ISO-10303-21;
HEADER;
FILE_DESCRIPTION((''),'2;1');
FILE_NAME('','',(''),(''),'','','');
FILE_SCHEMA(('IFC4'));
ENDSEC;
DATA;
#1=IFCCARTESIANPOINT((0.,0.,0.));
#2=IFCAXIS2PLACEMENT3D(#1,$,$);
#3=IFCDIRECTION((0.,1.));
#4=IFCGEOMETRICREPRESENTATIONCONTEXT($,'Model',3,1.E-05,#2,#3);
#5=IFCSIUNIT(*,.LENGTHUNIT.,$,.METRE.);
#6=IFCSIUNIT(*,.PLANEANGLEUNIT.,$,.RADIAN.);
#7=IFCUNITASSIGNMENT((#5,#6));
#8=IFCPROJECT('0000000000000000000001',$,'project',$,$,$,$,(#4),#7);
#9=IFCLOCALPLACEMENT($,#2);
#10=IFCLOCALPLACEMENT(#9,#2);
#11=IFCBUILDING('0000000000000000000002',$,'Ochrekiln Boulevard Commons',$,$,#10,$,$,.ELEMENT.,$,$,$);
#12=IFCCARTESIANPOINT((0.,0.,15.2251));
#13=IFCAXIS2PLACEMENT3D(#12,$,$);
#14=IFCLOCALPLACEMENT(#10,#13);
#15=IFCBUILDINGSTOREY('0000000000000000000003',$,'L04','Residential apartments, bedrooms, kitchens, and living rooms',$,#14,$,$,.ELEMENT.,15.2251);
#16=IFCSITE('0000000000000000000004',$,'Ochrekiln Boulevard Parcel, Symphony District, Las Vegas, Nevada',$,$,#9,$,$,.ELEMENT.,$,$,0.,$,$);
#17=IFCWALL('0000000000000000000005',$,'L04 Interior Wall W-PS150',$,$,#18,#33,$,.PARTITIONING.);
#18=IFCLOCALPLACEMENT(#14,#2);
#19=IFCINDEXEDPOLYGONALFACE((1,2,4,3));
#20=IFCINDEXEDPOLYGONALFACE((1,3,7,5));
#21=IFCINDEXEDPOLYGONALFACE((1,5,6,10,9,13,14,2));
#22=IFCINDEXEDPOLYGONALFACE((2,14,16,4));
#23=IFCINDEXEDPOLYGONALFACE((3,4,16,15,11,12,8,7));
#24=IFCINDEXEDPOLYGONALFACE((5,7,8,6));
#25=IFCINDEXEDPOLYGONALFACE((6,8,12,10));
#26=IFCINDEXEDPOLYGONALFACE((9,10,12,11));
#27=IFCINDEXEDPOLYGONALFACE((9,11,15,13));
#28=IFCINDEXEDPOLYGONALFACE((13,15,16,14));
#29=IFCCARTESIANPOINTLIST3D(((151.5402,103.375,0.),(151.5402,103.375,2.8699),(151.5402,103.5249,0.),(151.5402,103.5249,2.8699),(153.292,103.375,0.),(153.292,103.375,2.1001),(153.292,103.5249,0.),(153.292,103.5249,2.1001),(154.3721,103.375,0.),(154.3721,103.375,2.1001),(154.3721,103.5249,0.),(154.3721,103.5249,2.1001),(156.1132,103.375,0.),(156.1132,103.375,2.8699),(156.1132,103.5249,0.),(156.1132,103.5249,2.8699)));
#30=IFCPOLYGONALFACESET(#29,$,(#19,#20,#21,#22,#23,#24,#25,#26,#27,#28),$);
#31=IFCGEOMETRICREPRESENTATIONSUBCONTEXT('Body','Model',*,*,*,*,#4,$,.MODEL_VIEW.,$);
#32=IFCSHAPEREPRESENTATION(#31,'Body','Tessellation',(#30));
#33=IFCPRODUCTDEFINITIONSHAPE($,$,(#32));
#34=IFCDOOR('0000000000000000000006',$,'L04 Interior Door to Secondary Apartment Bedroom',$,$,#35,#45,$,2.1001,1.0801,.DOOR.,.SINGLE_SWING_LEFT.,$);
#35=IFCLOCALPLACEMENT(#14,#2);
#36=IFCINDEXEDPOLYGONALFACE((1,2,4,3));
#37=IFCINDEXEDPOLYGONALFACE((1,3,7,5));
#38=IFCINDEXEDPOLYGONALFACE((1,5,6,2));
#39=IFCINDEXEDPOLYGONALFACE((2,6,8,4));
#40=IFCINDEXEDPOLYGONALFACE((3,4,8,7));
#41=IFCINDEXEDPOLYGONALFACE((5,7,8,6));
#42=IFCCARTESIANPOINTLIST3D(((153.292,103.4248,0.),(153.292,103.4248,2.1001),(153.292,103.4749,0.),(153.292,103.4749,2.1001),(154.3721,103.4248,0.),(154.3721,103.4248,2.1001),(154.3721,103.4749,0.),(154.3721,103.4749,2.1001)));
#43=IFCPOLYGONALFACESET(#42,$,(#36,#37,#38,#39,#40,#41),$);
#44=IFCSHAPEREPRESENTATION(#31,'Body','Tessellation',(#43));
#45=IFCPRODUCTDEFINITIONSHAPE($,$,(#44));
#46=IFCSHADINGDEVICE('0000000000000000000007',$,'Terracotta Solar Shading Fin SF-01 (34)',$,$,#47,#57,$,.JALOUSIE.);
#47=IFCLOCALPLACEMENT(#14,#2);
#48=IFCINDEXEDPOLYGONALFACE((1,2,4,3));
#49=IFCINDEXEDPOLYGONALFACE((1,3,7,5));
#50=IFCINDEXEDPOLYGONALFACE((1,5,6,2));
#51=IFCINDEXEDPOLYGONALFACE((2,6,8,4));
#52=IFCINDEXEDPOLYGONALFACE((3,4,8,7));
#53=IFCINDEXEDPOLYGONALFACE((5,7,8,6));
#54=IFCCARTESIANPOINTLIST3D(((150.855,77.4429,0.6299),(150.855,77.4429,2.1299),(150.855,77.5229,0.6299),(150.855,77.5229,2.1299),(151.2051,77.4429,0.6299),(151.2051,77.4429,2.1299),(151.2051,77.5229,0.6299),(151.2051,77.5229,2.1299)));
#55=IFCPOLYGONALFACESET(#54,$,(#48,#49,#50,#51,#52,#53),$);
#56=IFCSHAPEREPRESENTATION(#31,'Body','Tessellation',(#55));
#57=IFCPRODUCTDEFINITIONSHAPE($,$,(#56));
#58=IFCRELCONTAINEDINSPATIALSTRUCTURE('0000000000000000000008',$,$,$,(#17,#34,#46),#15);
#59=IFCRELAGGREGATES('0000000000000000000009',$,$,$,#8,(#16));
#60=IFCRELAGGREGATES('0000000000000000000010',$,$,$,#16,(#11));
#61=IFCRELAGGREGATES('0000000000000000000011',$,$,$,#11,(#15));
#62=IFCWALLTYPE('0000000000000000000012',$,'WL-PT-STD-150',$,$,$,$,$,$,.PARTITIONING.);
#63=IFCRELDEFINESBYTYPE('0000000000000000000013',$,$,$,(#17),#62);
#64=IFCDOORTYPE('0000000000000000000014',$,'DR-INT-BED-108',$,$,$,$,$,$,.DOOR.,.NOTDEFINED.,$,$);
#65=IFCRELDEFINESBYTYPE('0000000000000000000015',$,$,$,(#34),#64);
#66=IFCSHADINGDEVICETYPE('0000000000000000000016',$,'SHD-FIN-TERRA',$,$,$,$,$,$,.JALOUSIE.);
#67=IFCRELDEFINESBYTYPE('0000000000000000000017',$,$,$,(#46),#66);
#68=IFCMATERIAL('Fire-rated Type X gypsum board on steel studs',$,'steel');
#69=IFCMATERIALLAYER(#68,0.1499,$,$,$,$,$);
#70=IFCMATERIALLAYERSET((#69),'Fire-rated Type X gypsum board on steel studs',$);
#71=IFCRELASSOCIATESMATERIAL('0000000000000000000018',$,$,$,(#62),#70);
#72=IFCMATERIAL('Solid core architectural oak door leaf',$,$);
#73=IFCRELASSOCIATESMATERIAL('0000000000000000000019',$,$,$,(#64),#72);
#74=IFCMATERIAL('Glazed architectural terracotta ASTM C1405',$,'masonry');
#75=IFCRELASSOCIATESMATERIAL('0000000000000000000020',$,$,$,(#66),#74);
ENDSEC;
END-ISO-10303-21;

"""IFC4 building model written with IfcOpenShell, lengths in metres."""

from ifc_helpers import new_model, si_unit, direction, frame, frame_2d, origin, origin_2d, place, context, subcontext, project, spatial, rectangle, extrude, material, layer, layer_set, type_object, element, fill, save


model = new_model("IFC4")

# Units and contexts
model_context = context("Model", 3, precision=1e-05, world=origin(), true_north=direction((0.0, 1.0)))
body_context = subcontext(model_context, "Body", "Model", "MODEL_VIEW")
ifc_project = project(units=[si_unit("LENGTHUNIT", "METRE"), si_unit("PLANEANGLEUNIT", "RADIAN")], contexts=[model_context])

# Site, building, storey
site_placement = place(None, origin())
site = spatial("IfcSite", under=ifc_project, at=site_placement, Name="Ochrekiln Boulevard Parcel, Symphony District, Las Vegas, Nevada", CompositionType="ELEMENT", RefElevation=0.0)
building_placement = place(site_placement, origin())
building = spatial("IfcBuilding", under=site, at=building_placement, Name="Ochrekiln Boulevard Commons", CompositionType="ELEMENT")
storey_placement = place(building_placement, frame((0.0, 0.0, 15.2251)))
storey = spatial("IfcBuildingStorey", under=building, at=storey_placement, Name="L04", Description="Residential apartments, bedrooms, kitchens, and living rooms", CompositionType="ELEMENT", Elevation=15.2251)

# Shared definitions
ifc_material_1 = material(Name="Glazed architectural terracotta ASTM C1405", Category="masonry")
ifc_material_2 = material(Name="Fire-rated Type X gypsum board on steel studs", Category="steel")

# Wall, opening, door
ifc_layer_1 = layer(ifc_material_2, 0.1499)
ifc_layer_set_1 = layer_set([ifc_layer_1], Name="Fire-rated Type X gypsum board on steel studs")
wall_type_1 = type_object("IfcWallType", Name="WL-PT-STD-150", PredefinedType="PARTITIONING", material=ifc_layer_set_1)
ifc_material_3 = material(Name="Solid core architectural oak door leaf")
wall_1_placement = place(storey_placement, frame((151.54, 103.45, 0.0), z_axis=(0.0, 0.0, 1.0), x_axis=(1.0, 0.0, 0.0)))
wall_1 = element("IfcWall", 1, at=wall_1_placement, inside=storey, type_object=wall_type_1, Name="L04 Interior Wall W-PS150", PredefinedType="PARTITIONING", context=body_context, shape_type="SweptSolid", body=[
    extrude(rectangle(XDim=4.573, YDim=0.1499, at=frame_2d((2.2866, 0.0))), origin(), (0.0, 0.0, 1.0), 2.8699),
])
opening_1_placement = place(wall_1_placement, frame((1.752, 0.0, 0.0)))
opening_1 = element("IfcOpeningElement", 2, at=opening_1_placement, cuts=wall_1, PredefinedType="OPENING", context=body_context, shape_type="SweptSolid", body=[
    extrude(rectangle(XDim=1.0801, YDim=2.1001, at=frame_2d((0.54, 1.05))), frame((0.0, 0.085, 0.0), z_axis=(0.0, -1.0, 0.0), x_axis=(1.0, 0.0, 0.0)), (0.0, 0.0, 1.0), 0.1699),
])
door_type_1 = type_object("IfcDoorType", Name="DR-INT-BED-108", OperationType="NOTDEFINED", PredefinedType="DOOR", material=ifc_material_3)
door_1_placement = place(opening_1_placement, origin())
door_1 = element("IfcDoor", 3, at=door_1_placement, inside=storey, type_object=door_type_1, Name="L04 Interior Door to Secondary Apartment Bedroom", OperationType="SINGLE_SWING_LEFT", OverallHeight=2.1001, OverallWidth=1.0801, PredefinedType="DOOR", context=body_context, shape_type="SweptSolid", body=[
    extrude(rectangle(XDim=1.0801, YDim=2.1001, at=frame_2d((0.54, 1.05))), frame((0.0, 0.0249, 0.0), z_axis=(0.0, -1.0, 0.0), x_axis=(1.0, 0.0, 0.0)), (0.0, 0.0, 1.0), 0.05),
])
fill(opening_1, door_1)

# Shading device
shading_device_type = type_object("IfcShadingDeviceType", Name="SHD-FIN-TERRA", PredefinedType="JALOUSIE", material=ifc_material_1)
shading_device_placement = place(storey_placement, frame((151.03, 77.4829, 0.6299), z_axis=(0.0, 0.0, 1.0), x_axis=(1.0, 0.0, 0.0)))
element("IfcShadingDevice", 4, at=shading_device_placement, inside=storey, type_object=shading_device_type, Name="Terracotta Solar Shading Fin SF-01 (34)", PredefinedType="JALOUSIE", context=body_context, shape_type="SweptSolid", body=[
    extrude(rectangle(XDim=0.3501, YDim=0.0801, at=origin_2d()), origin(), (0.0, 0.0, 1.0), 1.5),
])

save(model, "model.ifc")
